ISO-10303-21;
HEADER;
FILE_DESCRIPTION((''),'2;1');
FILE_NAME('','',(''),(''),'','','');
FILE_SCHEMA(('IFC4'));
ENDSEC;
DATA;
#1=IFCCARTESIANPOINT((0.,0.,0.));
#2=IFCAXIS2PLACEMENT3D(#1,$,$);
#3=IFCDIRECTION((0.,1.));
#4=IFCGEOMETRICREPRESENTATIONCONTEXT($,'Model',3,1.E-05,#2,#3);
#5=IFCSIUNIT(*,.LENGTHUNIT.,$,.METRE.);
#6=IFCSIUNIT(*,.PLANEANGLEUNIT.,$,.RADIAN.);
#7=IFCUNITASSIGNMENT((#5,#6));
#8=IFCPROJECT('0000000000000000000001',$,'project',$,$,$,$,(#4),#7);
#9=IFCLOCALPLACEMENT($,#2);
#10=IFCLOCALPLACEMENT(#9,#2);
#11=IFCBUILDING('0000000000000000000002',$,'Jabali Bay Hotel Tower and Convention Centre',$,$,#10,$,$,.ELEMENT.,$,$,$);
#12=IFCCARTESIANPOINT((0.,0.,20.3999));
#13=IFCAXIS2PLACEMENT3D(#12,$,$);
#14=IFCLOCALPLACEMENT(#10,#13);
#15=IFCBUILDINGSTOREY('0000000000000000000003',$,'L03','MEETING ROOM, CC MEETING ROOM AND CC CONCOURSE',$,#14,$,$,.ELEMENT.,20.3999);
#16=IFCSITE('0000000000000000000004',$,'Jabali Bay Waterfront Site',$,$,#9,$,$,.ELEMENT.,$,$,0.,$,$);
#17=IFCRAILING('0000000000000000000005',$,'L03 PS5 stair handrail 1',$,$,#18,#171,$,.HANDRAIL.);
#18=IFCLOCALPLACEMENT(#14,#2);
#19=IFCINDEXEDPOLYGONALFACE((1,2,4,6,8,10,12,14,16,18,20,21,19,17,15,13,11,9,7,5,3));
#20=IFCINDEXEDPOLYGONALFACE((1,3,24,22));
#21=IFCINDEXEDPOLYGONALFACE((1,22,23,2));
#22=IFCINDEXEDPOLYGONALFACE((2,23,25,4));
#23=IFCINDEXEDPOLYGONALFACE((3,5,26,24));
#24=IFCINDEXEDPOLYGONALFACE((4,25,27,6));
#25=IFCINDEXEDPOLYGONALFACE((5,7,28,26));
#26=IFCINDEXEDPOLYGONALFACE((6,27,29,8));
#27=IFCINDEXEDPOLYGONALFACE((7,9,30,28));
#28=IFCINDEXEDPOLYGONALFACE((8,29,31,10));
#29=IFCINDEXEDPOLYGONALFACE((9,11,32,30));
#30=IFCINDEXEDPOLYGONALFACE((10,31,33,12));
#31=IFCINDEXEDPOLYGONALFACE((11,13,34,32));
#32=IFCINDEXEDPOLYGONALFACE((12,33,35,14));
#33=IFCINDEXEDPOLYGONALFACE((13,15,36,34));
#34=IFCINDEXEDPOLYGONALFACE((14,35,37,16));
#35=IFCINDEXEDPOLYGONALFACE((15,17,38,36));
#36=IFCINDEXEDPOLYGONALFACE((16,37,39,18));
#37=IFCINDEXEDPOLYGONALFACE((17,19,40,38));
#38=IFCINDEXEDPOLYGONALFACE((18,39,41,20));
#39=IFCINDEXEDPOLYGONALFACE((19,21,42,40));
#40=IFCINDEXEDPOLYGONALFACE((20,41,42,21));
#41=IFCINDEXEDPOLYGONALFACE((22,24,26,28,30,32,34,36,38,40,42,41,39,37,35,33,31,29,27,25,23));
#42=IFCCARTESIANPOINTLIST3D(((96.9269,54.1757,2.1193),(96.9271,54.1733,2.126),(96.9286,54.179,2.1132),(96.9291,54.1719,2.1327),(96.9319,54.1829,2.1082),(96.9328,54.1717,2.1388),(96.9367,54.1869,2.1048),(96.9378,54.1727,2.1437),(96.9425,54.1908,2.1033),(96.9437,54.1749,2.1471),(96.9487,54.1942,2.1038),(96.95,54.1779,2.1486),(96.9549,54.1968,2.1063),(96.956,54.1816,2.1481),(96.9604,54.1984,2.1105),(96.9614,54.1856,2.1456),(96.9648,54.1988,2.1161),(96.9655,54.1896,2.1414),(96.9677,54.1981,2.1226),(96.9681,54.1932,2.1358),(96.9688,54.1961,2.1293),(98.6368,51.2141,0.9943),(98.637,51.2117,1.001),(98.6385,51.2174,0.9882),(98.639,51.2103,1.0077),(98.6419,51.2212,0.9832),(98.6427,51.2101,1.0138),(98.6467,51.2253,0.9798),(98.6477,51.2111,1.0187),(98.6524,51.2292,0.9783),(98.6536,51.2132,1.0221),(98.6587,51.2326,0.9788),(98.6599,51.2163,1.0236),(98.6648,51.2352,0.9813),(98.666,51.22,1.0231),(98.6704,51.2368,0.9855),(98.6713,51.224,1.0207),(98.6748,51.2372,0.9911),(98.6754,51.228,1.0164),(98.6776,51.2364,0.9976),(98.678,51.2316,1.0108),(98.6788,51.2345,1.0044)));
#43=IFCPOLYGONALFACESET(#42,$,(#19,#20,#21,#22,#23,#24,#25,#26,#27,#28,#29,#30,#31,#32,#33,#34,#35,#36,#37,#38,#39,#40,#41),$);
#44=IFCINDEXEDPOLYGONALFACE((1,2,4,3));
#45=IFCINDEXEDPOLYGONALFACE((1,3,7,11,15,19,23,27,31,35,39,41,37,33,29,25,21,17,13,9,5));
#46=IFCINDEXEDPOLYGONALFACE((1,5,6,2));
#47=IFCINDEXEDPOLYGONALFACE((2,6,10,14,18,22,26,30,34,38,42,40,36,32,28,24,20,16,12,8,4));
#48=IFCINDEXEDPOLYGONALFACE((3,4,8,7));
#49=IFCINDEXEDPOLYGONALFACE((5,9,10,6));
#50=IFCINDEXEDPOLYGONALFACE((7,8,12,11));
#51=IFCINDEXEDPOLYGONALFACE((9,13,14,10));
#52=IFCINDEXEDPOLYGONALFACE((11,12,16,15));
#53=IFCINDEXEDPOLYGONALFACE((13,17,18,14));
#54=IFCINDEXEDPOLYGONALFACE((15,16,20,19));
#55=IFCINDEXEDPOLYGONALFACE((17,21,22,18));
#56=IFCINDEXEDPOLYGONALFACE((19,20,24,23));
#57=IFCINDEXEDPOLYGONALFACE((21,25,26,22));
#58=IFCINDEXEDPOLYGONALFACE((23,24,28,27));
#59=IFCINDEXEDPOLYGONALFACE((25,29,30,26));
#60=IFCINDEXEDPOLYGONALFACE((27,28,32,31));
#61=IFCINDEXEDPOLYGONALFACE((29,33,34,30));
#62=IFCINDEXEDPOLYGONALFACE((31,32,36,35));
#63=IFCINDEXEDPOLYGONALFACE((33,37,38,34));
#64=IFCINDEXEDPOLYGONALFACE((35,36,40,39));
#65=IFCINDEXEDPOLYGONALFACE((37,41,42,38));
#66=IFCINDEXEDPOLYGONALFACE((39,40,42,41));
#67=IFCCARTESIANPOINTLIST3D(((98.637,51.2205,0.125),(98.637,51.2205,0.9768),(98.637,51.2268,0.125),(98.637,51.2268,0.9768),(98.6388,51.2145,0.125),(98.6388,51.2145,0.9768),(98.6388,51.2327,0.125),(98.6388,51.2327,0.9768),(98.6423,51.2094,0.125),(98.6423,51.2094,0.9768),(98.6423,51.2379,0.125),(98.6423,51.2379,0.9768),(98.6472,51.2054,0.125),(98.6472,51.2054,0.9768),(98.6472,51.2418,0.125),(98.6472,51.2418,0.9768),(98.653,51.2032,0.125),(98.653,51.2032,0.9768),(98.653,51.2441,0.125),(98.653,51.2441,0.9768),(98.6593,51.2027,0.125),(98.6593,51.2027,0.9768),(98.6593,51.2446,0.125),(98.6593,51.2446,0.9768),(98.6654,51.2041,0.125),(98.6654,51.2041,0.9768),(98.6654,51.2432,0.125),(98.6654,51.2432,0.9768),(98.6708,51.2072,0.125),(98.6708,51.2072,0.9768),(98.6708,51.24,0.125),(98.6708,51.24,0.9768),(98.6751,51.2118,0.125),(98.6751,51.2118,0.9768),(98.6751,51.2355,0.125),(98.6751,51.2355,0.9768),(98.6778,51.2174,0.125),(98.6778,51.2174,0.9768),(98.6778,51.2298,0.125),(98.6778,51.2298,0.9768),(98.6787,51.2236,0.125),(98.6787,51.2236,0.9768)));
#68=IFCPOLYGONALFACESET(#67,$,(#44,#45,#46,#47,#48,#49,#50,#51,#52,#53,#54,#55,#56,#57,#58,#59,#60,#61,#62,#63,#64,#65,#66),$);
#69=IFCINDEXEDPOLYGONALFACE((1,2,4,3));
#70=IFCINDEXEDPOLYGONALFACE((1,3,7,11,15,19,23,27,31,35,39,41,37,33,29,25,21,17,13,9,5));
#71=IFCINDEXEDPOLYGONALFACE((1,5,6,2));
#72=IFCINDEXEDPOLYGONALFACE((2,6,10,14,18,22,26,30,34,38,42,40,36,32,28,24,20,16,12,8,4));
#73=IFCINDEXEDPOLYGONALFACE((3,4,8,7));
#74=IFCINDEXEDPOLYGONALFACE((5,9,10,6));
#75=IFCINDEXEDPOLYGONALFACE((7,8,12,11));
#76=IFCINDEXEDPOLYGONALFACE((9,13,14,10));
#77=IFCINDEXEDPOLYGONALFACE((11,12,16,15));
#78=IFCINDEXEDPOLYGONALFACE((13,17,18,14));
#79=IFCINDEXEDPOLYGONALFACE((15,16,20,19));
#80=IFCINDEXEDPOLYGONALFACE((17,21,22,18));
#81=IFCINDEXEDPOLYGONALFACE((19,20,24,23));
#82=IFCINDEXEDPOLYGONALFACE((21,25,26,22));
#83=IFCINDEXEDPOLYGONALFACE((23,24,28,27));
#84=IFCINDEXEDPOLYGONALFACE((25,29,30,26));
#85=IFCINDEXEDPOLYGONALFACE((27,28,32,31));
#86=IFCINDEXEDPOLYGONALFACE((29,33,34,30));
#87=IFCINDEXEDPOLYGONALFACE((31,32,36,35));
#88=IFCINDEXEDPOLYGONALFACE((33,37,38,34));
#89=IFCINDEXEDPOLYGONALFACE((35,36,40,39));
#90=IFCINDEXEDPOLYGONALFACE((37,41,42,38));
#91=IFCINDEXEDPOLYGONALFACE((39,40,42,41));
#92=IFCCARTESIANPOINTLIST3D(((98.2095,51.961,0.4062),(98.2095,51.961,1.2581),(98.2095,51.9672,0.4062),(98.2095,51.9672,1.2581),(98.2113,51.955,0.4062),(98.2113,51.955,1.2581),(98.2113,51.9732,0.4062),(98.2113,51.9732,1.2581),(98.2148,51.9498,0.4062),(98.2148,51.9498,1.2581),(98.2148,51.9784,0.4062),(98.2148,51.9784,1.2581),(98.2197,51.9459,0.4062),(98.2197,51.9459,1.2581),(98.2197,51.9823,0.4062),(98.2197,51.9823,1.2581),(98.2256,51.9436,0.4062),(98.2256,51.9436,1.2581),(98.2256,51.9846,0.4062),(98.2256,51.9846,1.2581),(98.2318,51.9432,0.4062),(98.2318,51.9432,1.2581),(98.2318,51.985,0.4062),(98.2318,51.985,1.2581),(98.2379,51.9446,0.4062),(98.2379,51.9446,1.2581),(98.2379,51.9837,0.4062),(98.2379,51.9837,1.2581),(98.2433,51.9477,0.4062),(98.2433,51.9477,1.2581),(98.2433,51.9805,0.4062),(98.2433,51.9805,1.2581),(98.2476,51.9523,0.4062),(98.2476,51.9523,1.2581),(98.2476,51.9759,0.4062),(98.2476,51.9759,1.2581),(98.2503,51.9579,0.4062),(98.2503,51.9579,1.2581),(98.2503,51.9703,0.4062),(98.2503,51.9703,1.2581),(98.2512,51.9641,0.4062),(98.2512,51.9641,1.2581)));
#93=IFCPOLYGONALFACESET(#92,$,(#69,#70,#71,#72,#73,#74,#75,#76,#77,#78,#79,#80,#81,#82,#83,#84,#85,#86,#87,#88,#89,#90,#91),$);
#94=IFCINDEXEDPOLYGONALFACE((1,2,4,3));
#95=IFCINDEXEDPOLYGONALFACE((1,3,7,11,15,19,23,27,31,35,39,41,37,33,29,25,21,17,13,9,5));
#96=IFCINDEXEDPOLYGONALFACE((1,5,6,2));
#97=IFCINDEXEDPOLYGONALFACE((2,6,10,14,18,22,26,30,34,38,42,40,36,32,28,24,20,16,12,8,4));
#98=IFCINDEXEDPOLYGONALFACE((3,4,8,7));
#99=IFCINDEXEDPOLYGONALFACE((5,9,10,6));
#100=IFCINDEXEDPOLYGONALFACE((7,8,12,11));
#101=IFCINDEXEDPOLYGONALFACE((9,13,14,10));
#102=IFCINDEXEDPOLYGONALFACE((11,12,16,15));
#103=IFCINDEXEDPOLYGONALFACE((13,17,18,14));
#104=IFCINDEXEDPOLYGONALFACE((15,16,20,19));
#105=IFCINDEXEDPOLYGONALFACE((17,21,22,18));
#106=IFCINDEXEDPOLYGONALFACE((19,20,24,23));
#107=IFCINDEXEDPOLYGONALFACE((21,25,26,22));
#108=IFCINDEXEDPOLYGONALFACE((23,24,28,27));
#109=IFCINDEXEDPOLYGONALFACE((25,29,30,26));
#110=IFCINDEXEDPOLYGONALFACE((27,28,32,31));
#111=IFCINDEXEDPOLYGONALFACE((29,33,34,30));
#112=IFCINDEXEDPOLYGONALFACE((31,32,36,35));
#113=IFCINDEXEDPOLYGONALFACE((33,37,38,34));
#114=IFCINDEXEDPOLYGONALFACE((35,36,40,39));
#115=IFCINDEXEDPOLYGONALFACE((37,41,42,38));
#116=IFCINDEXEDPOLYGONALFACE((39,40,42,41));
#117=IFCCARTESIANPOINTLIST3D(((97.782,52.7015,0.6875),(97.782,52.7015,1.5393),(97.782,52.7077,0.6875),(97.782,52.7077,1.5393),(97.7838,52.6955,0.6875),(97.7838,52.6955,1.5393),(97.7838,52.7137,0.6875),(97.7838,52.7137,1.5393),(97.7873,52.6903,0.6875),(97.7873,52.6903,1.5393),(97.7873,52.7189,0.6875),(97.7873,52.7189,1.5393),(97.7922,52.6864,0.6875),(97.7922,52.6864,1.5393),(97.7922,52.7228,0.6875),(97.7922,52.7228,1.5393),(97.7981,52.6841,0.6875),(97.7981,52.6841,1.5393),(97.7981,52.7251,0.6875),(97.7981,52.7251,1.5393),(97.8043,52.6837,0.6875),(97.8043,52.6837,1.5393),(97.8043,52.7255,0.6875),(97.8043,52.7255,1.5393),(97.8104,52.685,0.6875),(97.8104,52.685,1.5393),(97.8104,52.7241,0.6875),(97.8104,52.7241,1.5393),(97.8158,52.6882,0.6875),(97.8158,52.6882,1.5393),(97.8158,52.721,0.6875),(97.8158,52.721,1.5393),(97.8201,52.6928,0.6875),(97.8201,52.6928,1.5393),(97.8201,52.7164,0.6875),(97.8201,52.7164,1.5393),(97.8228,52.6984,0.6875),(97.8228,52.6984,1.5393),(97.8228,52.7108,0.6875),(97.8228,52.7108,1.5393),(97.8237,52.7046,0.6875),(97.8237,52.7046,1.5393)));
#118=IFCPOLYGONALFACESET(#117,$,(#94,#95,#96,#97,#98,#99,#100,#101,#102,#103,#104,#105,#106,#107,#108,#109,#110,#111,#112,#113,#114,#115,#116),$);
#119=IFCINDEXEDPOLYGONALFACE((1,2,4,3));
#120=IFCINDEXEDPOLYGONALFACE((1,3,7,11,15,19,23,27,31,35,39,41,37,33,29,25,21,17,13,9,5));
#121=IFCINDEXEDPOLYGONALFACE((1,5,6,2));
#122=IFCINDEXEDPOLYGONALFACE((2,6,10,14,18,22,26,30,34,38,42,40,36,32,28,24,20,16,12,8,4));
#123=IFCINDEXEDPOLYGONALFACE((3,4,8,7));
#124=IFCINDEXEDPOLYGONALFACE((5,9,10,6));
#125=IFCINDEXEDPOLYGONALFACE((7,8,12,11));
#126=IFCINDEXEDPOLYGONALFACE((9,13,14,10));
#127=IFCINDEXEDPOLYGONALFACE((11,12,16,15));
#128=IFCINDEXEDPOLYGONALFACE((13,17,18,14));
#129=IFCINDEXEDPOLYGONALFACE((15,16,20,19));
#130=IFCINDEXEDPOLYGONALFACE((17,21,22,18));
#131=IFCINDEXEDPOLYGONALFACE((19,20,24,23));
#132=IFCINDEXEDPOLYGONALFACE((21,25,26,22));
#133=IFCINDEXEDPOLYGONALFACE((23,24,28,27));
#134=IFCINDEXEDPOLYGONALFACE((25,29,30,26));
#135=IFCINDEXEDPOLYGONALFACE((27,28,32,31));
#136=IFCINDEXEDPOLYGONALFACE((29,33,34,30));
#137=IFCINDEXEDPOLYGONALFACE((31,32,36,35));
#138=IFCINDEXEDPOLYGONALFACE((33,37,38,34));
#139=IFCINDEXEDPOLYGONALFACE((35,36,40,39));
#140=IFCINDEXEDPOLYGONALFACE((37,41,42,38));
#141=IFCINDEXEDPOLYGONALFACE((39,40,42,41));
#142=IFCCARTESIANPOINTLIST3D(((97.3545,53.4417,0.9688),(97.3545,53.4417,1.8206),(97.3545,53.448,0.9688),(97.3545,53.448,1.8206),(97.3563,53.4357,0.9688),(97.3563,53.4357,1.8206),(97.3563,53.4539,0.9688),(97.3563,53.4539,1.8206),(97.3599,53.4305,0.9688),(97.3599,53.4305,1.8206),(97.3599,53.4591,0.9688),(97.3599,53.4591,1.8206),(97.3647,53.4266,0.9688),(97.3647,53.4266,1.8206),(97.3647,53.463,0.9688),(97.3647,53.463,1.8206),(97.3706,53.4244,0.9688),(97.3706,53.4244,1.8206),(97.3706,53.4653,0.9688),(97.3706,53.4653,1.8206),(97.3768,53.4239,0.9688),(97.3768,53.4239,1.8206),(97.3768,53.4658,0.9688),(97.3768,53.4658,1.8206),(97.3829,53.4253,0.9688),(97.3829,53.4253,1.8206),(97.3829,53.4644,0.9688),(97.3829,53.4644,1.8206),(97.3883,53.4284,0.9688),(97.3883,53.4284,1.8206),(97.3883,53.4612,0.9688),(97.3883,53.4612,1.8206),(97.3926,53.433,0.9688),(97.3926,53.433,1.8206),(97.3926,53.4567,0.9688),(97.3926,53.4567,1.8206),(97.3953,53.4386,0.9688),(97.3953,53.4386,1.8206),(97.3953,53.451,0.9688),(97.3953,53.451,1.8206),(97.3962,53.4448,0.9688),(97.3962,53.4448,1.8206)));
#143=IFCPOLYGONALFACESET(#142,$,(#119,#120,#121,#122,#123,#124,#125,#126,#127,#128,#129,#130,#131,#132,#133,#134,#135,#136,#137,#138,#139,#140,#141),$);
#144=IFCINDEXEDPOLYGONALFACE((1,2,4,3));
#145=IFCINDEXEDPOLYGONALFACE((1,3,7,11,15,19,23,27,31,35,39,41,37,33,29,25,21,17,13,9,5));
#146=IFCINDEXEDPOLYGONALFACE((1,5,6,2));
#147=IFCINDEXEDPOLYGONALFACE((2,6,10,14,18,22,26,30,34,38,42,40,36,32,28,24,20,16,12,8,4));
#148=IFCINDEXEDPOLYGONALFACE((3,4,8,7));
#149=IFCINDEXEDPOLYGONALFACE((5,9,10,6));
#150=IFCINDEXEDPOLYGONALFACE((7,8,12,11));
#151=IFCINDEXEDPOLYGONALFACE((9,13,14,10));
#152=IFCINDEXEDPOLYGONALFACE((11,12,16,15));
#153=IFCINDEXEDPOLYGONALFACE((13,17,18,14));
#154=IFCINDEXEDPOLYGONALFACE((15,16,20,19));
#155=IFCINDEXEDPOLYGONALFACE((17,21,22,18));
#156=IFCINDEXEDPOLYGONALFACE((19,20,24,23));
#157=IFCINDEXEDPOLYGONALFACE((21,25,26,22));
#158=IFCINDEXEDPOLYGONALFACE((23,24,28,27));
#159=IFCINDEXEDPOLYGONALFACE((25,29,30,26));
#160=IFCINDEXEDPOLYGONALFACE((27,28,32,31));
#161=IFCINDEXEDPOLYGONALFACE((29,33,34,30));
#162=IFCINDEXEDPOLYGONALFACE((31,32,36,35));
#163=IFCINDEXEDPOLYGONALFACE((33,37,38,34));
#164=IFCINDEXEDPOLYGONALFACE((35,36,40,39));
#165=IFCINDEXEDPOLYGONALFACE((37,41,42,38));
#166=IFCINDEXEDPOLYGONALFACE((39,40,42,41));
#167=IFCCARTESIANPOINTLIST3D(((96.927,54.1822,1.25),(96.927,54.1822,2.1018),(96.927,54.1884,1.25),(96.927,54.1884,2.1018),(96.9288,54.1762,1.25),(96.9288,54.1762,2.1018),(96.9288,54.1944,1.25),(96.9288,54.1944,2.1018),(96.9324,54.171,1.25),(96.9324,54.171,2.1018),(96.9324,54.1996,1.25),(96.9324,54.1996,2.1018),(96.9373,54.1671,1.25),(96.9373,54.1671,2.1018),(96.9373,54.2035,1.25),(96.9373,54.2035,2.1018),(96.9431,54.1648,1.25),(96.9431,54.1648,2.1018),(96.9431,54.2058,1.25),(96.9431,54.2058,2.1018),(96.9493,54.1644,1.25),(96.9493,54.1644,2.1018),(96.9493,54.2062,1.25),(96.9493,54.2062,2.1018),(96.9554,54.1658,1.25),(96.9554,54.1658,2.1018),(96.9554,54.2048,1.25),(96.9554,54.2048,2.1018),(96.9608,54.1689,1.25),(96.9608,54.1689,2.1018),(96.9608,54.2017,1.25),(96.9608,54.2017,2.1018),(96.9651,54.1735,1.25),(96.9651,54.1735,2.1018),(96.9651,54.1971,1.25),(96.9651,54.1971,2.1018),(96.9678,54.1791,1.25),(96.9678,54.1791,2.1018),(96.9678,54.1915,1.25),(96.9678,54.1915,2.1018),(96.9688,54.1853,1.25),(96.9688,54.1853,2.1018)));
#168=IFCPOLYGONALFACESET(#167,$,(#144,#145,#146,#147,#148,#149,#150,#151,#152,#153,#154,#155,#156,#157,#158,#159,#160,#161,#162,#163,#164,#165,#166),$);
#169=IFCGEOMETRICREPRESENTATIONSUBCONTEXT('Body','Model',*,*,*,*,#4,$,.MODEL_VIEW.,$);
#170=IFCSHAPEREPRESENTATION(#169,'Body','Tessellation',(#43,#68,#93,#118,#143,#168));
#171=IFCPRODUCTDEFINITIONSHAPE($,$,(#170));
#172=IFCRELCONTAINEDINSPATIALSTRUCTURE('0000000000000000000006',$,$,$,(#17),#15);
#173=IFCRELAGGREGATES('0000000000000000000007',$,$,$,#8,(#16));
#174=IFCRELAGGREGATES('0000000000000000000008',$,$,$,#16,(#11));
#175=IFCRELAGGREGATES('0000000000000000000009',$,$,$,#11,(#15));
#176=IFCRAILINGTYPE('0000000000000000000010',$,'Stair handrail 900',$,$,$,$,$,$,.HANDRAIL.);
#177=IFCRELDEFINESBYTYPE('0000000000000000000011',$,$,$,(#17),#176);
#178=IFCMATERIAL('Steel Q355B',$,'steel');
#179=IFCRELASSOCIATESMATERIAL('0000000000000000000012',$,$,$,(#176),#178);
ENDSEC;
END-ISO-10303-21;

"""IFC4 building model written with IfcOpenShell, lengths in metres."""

from ifc_helpers import new_model, si_unit, direction, frame, origin, origin_2d, place, context, subcontext, project, spatial, circle, extrude, material, type_object, element, save


model = new_model("IFC4")

# Units and contexts
model_context = context("Model", 3, precision=1e-05, world=origin(), true_north=direction((0.0, 1.0)))
body_context = subcontext(model_context, "Body", "Model", "MODEL_VIEW")
ifc_project = project(units=[si_unit("LENGTHUNIT", "METRE"), si_unit("PLANEANGLEUNIT", "RADIAN")], contexts=[model_context])

# Site, building, storey
site_placement = place(None, origin())
site = spatial("IfcSite", under=ifc_project, at=site_placement, Name="Jabali Bay Waterfront Site", CompositionType="ELEMENT", RefElevation=0.0)
building_placement = place(site_placement, origin())
building = spatial("IfcBuilding", under=site, at=building_placement, Name="Jabali Bay Hotel Tower and Convention Centre", CompositionType="ELEMENT")
storey_placement = place(building_placement, frame((0.0, 0.0, 20.3999)))
storey = spatial("IfcBuildingStorey", under=building, at=storey_placement, Name="L03", Description="MEETING ROOM, CC MEETING ROOM AND CC CONCOURSE", CompositionType="ELEMENT", Elevation=20.3999)

# Railing
ifc_material_1 = material(Name="Steel Q355B", Category="steel")
railing_type_1 = type_object("IfcRailingType", Name="Stair handrail 900", PredefinedType="HANDRAIL", material=ifc_material_1)
railing_1_placement = place(storey_placement, frame((98.6577, 51.2236, 0.125)))
element("IfcRailing", 1, at=railing_1_placement, inside=storey, type_object=railing_type_1, Name="L03 PS5 stair handrail 1", PredefinedType="HANDRAIL", context=body_context, shape_type="SweptSolid", body=[
    extrude(circle(Radius=0.0239, at=origin_2d()), frame((0.0, 0.0, 0.876), z_axis=(-0.474969, 0.822652, 0.312487), x_axis=(-0.86602, -0.500009, 0.0)), (0.0, 0.0, 1.0), 3.6001),
    extrude(circle(Radius=0.021, at=origin_2d()), origin(), (0.0, 0.0, 1.0), 0.8518),
    extrude(circle(Radius=0.021, at=origin_2d()), frame((-0.4275, 0.7405, 0.2812)), (0.0, 0.0, 1.0), 0.8518),
    extrude(circle(Radius=0.021, at=origin_2d()), frame((-0.855, 1.481, 0.5625)), (0.0, 0.0, 1.0), 0.8518),
    extrude(circle(Radius=0.021, at=origin_2d()), frame((-1.2825, 2.2212, 0.8438)), (0.0, 0.0, 1.0), 0.8518),
    extrude(circle(Radius=0.021, at=origin_2d()), frame((-1.71, 2.9617, 1.125)), (0.0, 0.0, 1.0), 0.8518),
])

save(model, "model.ifc")
